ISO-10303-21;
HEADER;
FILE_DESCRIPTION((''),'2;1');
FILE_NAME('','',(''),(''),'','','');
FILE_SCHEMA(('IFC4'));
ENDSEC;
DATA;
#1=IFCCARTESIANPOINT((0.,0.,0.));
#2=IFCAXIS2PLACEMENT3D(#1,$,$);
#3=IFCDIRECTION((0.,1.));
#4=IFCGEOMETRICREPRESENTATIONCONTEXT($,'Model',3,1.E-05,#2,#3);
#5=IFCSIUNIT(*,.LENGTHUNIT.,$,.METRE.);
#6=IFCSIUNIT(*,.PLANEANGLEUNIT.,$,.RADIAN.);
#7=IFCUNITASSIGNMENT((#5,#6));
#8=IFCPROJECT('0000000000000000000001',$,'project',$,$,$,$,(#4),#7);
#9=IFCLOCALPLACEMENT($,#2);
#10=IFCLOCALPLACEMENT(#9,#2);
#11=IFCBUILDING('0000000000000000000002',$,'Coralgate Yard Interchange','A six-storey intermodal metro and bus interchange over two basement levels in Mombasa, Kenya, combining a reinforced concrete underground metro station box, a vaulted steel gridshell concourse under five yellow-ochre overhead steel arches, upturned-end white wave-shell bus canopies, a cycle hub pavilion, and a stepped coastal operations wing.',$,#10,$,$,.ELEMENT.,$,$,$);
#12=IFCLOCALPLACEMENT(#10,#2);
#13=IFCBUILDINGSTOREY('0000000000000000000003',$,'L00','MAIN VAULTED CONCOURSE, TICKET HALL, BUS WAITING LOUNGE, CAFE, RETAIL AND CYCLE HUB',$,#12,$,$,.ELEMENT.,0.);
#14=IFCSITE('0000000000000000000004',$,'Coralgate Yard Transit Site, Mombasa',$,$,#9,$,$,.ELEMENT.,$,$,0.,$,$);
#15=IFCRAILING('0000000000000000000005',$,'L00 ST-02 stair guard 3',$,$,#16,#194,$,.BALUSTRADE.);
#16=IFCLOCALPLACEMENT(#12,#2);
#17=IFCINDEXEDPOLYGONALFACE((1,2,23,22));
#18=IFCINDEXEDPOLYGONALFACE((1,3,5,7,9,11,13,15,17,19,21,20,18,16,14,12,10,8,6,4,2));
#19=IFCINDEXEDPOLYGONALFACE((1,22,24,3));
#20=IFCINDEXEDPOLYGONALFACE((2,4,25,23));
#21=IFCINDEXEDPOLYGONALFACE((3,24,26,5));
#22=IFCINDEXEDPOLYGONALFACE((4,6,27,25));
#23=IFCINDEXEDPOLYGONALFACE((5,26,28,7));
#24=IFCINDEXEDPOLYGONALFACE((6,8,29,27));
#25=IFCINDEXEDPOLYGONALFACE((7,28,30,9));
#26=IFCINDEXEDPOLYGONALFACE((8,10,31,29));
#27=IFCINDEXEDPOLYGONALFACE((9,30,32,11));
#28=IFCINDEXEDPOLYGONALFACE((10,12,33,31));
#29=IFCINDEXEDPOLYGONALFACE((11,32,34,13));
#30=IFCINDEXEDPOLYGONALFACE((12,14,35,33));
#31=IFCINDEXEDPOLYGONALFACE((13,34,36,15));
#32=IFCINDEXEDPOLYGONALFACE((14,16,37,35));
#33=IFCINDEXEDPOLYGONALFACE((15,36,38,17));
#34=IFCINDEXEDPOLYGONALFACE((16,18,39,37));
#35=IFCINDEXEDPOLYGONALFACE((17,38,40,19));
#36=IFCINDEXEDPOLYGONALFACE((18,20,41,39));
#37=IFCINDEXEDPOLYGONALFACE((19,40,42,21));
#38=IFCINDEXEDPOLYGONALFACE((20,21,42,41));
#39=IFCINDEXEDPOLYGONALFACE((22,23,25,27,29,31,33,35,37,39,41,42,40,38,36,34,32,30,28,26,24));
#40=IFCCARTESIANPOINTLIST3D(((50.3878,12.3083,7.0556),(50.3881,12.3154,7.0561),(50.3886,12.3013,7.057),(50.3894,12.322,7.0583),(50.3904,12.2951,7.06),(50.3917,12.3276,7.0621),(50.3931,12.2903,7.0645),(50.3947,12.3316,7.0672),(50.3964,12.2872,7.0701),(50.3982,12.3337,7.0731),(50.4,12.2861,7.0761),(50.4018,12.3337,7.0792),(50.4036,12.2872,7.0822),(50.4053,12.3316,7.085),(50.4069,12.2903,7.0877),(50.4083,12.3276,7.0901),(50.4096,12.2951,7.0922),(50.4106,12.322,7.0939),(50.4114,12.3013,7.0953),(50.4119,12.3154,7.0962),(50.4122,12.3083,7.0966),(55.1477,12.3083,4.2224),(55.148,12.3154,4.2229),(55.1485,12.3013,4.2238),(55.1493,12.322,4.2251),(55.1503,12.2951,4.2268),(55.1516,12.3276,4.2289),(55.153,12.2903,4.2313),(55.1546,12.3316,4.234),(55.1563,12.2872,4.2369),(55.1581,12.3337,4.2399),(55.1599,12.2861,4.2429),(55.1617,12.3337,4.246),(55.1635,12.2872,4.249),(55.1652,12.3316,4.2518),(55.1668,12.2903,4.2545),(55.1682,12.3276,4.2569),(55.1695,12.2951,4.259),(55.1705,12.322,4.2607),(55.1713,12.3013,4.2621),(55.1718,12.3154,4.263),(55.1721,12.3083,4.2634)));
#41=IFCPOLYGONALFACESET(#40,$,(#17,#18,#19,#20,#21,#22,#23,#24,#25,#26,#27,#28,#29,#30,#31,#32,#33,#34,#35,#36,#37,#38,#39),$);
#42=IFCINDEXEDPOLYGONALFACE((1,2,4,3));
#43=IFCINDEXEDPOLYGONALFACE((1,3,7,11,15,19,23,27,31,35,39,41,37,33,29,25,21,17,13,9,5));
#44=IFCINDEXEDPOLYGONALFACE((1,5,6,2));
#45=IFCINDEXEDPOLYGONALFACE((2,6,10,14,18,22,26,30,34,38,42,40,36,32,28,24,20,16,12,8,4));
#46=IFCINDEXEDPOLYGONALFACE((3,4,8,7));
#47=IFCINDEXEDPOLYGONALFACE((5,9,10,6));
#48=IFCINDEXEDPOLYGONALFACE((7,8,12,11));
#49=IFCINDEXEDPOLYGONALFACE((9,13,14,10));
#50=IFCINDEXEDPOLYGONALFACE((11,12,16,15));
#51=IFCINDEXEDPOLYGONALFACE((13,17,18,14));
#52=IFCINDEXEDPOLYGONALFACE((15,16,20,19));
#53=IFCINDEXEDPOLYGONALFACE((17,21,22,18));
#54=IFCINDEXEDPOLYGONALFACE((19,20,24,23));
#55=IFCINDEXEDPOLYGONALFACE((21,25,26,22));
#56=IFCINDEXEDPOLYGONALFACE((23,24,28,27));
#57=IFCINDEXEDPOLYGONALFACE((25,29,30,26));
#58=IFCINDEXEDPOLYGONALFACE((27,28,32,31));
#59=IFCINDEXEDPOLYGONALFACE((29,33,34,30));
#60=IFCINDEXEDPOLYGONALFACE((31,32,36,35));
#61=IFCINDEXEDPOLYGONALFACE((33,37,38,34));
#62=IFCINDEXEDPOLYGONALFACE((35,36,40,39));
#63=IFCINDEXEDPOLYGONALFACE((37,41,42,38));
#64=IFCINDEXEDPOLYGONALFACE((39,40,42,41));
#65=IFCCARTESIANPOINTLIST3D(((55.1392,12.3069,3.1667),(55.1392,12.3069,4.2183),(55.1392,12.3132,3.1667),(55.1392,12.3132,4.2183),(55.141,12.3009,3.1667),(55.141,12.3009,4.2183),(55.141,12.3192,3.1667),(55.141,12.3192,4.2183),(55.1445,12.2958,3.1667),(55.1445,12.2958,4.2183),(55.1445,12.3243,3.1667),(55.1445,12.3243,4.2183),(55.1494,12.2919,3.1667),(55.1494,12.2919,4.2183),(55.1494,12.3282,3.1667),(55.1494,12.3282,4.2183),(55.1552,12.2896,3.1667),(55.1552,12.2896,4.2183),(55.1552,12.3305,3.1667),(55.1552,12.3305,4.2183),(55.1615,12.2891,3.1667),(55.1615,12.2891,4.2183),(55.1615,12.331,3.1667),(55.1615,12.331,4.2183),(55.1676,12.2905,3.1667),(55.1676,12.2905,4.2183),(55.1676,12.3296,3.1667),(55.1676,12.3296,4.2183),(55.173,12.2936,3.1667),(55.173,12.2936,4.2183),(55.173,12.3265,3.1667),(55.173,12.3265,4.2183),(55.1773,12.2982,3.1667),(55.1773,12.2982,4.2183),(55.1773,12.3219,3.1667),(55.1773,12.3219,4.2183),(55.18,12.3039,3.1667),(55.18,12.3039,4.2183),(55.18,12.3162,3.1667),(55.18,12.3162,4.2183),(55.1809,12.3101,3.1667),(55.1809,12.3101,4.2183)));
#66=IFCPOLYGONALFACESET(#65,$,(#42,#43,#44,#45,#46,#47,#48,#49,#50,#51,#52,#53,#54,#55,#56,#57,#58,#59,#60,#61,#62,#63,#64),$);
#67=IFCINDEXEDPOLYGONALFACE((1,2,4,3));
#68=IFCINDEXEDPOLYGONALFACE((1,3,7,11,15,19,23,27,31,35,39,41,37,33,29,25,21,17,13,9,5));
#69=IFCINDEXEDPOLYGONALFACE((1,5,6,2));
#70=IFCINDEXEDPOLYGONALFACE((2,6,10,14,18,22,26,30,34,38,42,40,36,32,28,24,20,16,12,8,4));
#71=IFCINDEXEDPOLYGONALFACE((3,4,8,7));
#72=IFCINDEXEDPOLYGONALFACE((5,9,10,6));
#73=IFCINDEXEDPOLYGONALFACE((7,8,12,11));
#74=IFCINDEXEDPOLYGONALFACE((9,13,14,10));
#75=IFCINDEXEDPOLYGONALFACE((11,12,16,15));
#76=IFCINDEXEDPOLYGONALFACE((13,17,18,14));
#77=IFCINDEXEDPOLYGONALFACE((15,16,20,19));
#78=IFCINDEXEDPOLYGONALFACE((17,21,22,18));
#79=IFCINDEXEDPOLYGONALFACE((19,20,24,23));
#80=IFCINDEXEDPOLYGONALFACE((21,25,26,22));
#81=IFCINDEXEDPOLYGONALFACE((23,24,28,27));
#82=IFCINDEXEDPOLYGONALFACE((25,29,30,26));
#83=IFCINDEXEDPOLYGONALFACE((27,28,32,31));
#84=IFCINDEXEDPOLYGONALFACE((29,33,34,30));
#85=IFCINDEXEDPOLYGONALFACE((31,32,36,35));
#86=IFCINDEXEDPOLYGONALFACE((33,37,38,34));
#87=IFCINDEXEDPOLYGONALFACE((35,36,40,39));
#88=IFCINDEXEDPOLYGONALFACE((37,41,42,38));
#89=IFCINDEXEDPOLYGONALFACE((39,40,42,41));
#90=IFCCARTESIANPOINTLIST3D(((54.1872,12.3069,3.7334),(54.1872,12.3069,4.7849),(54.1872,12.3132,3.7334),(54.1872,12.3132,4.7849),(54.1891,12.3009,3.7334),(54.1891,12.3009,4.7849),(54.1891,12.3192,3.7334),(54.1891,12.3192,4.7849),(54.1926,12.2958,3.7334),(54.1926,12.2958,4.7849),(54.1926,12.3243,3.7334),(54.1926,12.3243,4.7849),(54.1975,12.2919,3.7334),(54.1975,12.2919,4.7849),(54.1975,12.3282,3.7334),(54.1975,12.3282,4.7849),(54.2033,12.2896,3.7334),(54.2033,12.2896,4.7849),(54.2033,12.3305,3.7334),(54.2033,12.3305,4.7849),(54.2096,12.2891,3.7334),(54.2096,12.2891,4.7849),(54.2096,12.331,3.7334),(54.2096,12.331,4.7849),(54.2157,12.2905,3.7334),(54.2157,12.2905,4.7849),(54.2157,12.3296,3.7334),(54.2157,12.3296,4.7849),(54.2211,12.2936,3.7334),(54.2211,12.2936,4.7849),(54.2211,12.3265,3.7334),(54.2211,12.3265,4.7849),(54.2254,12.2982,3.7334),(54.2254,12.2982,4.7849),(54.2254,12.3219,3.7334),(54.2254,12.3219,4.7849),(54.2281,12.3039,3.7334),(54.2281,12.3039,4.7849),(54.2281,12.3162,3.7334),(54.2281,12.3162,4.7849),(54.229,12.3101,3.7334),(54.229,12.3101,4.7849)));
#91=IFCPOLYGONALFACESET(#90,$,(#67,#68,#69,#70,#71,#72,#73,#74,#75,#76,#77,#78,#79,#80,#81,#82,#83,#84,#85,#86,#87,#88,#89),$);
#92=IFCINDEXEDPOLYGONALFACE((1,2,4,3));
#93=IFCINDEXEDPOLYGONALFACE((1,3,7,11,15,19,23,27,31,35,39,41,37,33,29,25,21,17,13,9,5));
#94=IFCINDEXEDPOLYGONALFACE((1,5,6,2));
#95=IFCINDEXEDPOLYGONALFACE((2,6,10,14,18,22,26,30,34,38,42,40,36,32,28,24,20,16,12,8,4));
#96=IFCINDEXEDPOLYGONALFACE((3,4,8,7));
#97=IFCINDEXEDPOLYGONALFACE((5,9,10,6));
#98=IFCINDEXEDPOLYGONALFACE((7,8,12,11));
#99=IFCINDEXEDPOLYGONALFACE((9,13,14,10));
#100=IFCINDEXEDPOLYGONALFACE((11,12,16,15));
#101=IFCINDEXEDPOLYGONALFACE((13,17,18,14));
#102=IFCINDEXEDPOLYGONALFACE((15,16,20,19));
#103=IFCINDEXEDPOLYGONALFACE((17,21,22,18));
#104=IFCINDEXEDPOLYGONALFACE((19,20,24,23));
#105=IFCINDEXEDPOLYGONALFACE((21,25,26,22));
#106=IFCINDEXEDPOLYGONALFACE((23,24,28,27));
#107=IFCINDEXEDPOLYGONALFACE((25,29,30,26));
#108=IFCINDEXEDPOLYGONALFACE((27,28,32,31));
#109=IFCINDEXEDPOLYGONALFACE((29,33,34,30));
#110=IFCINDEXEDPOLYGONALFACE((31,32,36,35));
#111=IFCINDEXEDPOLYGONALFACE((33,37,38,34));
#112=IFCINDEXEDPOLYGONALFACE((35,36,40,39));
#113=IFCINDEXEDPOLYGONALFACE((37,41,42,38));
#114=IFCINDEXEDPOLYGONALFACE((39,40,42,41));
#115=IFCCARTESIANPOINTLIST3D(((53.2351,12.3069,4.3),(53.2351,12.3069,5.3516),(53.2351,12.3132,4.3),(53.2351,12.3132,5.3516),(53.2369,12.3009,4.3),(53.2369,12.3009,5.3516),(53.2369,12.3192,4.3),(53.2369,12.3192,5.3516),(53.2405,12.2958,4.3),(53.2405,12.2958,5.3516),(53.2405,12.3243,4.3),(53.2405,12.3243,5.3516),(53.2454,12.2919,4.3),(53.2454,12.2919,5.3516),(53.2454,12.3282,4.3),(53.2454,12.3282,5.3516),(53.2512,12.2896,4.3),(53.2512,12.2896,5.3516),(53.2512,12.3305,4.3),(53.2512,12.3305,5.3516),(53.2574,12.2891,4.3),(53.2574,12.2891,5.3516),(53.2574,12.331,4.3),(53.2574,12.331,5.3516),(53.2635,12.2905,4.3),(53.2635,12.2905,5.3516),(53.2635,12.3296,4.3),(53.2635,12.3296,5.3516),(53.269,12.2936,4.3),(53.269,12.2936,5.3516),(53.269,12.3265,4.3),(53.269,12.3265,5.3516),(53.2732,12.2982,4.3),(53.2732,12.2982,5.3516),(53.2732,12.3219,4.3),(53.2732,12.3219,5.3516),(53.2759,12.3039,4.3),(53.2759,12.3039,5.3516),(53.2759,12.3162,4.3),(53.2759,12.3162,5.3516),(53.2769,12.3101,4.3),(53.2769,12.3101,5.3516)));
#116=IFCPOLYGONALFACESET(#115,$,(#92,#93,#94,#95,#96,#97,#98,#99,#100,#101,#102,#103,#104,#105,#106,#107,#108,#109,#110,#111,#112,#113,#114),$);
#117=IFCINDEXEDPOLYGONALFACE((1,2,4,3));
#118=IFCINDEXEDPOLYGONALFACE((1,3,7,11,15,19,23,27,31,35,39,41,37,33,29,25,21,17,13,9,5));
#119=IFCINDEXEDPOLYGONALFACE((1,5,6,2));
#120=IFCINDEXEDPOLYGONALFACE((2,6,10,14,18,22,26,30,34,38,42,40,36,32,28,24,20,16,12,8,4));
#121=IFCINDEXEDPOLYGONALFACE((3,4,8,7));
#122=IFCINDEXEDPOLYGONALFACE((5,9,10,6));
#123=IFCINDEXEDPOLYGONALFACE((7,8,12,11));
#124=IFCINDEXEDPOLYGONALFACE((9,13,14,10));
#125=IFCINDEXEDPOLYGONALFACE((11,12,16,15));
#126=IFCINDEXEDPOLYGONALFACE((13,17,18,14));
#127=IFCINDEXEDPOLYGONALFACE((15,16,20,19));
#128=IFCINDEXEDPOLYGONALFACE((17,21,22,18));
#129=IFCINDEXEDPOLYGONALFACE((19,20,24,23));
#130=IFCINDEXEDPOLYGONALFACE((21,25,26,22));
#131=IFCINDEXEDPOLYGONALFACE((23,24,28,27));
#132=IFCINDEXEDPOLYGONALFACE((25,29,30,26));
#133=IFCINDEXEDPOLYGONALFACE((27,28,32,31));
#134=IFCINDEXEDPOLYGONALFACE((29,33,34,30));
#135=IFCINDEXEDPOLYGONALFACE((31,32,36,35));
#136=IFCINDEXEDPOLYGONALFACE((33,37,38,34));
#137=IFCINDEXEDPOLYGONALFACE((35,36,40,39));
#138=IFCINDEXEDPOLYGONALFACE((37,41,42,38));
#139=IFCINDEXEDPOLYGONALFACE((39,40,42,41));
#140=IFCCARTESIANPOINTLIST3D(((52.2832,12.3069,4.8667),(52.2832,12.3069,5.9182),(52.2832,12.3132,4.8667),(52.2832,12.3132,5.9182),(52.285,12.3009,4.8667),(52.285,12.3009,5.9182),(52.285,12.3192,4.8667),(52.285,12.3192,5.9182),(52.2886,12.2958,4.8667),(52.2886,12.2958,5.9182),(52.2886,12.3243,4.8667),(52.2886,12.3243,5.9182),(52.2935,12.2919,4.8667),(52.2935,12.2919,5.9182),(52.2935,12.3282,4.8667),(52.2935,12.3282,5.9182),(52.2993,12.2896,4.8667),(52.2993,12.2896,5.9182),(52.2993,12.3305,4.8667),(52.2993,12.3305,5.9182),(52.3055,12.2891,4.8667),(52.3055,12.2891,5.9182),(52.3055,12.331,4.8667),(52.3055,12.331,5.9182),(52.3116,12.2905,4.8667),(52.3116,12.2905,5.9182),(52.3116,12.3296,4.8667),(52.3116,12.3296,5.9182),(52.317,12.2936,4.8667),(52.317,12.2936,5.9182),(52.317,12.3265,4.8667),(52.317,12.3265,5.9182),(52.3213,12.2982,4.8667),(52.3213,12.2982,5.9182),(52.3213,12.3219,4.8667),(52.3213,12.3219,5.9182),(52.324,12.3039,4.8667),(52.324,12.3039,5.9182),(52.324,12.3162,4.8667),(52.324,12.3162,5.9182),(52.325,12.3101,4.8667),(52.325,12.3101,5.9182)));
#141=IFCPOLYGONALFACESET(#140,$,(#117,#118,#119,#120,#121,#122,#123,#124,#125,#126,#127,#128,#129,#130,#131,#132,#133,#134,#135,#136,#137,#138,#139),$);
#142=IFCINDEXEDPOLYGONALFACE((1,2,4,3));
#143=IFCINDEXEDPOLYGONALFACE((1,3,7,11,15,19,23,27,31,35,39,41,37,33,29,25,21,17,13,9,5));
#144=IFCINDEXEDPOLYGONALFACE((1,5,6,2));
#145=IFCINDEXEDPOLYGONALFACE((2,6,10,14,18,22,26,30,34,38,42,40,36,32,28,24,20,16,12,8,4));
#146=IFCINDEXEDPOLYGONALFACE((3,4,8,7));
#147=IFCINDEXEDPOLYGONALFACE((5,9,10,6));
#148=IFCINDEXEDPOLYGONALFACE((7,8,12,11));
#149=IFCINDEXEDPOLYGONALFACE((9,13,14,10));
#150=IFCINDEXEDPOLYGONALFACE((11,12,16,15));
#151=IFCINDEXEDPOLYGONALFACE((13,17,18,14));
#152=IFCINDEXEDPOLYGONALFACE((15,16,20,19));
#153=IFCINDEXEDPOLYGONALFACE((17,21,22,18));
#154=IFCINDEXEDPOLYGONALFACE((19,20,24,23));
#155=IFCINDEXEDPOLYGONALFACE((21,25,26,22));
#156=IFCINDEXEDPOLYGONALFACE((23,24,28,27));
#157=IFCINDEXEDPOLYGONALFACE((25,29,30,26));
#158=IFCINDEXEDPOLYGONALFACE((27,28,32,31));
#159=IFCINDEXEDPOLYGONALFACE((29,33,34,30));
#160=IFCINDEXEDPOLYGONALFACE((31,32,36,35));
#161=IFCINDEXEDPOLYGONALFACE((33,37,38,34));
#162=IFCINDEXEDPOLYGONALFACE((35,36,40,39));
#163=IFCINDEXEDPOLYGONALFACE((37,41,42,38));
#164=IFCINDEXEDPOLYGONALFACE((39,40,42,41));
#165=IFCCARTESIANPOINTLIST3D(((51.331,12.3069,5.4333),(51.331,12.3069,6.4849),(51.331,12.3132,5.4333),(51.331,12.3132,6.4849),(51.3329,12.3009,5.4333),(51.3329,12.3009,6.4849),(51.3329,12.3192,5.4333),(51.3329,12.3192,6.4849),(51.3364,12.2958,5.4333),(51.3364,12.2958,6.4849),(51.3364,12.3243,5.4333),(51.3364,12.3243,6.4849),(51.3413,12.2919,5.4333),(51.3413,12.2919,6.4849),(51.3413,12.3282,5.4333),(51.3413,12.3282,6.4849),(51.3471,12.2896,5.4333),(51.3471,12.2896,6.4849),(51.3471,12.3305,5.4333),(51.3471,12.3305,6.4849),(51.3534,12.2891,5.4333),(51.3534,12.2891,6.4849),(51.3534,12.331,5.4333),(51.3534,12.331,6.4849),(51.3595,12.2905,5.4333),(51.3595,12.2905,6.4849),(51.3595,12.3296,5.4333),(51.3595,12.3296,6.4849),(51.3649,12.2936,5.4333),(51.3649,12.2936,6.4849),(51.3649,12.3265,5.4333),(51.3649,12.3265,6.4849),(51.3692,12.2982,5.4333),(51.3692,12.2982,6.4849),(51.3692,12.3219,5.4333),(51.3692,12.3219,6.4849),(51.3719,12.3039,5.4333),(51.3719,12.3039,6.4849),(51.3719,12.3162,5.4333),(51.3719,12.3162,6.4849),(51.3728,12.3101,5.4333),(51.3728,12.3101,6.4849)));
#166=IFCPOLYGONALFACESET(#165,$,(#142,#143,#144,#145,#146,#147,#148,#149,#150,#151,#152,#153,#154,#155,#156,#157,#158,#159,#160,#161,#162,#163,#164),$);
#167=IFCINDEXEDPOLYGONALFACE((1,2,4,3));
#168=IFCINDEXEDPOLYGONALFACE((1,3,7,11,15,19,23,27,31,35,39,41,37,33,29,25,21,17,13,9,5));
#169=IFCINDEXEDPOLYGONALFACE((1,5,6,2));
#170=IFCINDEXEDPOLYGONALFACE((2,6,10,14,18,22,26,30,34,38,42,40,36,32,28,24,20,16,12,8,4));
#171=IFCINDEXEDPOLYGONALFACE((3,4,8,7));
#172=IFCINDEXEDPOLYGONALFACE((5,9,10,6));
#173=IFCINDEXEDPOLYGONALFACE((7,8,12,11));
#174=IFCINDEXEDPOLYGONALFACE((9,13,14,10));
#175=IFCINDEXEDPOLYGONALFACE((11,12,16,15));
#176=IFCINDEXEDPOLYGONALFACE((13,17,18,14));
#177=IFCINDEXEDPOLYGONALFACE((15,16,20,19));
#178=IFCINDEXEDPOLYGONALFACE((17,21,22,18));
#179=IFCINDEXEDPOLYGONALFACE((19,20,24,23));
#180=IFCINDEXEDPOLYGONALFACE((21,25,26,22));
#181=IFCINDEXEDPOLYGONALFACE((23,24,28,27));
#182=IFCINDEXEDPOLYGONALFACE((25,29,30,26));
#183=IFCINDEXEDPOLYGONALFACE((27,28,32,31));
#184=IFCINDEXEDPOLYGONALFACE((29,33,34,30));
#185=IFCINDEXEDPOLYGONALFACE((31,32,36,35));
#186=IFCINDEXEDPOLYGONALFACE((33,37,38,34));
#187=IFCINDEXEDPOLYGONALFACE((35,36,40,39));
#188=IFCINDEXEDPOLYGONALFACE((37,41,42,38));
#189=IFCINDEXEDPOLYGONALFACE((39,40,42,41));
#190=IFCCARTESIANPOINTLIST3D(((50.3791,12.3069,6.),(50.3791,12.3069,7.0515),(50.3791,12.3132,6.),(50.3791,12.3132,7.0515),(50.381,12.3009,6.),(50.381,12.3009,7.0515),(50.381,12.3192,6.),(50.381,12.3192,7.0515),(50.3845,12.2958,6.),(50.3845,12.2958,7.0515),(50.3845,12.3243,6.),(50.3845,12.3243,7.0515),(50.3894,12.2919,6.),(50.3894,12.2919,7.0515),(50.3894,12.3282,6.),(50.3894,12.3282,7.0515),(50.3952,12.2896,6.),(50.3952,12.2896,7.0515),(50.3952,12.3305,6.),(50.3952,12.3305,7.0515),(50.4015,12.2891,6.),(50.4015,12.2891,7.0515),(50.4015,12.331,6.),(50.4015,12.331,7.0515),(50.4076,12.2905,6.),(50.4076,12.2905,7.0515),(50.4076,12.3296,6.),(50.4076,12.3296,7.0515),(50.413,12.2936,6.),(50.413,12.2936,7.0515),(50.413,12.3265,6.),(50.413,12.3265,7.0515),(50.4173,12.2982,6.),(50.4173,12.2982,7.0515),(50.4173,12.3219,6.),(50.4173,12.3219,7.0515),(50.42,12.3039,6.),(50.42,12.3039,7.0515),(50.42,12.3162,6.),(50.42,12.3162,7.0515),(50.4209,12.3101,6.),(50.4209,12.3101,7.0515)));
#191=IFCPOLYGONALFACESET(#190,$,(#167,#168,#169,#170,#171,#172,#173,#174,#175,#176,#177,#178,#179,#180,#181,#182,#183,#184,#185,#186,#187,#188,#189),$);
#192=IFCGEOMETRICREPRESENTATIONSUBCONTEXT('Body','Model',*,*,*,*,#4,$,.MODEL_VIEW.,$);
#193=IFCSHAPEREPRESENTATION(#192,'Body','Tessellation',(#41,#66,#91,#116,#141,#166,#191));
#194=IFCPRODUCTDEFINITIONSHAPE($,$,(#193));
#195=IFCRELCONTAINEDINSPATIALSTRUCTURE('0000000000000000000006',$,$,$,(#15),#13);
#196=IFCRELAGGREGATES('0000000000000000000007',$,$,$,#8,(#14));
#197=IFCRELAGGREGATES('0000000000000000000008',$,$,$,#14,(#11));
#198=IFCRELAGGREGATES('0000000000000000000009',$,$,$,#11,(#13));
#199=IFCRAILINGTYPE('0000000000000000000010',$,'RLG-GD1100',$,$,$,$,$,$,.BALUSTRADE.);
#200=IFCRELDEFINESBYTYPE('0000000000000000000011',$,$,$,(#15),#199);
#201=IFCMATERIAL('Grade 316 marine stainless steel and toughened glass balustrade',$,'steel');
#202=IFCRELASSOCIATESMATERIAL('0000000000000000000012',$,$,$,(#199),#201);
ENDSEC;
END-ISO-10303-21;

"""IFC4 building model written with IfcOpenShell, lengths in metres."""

from ifc_helpers import new_model, si_unit, direction, frame, origin, origin_2d, place, context, subcontext, project, spatial, circle, extrude, material, type_object, element, save


model = new_model("IFC4")

# Units and contexts
model_context = context("Model", 3, precision=1e-05, world=origin(), true_north=direction((0.0, 1.0)))
body_context = subcontext(model_context, "Body", "Model", "MODEL_VIEW")
ifc_project = project(units=[si_unit("LENGTHUNIT", "METRE"), si_unit("PLANEANGLEUNIT", "RADIAN")], contexts=[model_context])

# Site, building, storey
site_placement = place(None, origin())
site = spatial("IfcSite", under=ifc_project, at=site_placement, Name="Coralgate Yard Transit Site, Mombasa", CompositionType="ELEMENT", RefElevation=0.0)
building_placement = place(site_placement, origin())
building = spatial("IfcBuilding", under=site, at=building_placement, Name="Coralgate Yard Interchange", Description="A six-storey intermodal metro and bus interchange over two basement levels in Mombasa, Kenya, combining a reinforced concrete underground metro station box, a vaulted steel gridshell concourse under five yellow-ochre overhead steel arches, upturned-end white wave-shell bus canopies, a cycle hub pavilion, and a stepped coastal operations wing.", CompositionType="ELEMENT")
storey_placement = place(building_placement, origin())
storey = spatial("IfcBuildingStorey", under=building, at=storey_placement, Name="L00", Description="MAIN VAULTED CONCOURSE, TICKET HALL, BUS WAITING LOUNGE, CAFE, RETAIL AND CYCLE HUB", CompositionType="ELEMENT", Elevation=0.0)

# Railing
ifc_material_1 = material(Name="Grade 316 marine stainless steel and toughened glass balustrade", Category="steel")
railing_type_1 = type_object("IfcRailingType", Name="RLG-GD1100", PredefinedType="BALUSTRADE", material=ifc_material_1)
railing_1_placement = place(storey_placement, frame((55.1599, 12.3101, 3.1667)))
element("IfcRailing", 1, at=railing_1_placement, inside=storey, type_object=railing_type_1, Name="L00 ST-02 stair guard 3", PredefinedType="BALUSTRADE", context=body_context, shape_type="SweptSolid", body=[
    extrude(circle(Radius=0.0239, at=origin_2d()), frame((0.0, 0.0, 1.0762), z_axis=(-0.8593, 0.0, 0.511472), x_axis=(0.0, -1.0, 0.0)), (0.0, 0.0, 1.0), 5.5393),
    extrude(circle(Radius=0.021, at=origin_2d()), origin(), (0.0, 0.0, 1.0), 1.0515),
    extrude(circle(Radius=0.021, at=origin_2d()), frame((-0.9519, 0.0, 0.5667)), (0.0, 0.0, 1.0), 1.0515),
    extrude(circle(Radius=0.021, at=origin_2d()), frame((-1.9041, 0.0, 1.1333)), (0.0, 0.0, 1.0), 1.0515),
    extrude(circle(Radius=0.021, at=origin_2d()), frame((-2.856, 0.0, 1.7)), (0.0, 0.0, 1.0), 1.0515),
    extrude(circle(Radius=0.021, at=origin_2d()), frame((-3.8081, 0.0, 2.2666)), (0.0, 0.0, 1.0), 1.0515),
    extrude(circle(Radius=0.021, at=origin_2d()), frame((-4.76, 0.0, 2.8333)), (0.0, 0.0, 1.0), 1.0515),
])

save(model, "model.ifc")
